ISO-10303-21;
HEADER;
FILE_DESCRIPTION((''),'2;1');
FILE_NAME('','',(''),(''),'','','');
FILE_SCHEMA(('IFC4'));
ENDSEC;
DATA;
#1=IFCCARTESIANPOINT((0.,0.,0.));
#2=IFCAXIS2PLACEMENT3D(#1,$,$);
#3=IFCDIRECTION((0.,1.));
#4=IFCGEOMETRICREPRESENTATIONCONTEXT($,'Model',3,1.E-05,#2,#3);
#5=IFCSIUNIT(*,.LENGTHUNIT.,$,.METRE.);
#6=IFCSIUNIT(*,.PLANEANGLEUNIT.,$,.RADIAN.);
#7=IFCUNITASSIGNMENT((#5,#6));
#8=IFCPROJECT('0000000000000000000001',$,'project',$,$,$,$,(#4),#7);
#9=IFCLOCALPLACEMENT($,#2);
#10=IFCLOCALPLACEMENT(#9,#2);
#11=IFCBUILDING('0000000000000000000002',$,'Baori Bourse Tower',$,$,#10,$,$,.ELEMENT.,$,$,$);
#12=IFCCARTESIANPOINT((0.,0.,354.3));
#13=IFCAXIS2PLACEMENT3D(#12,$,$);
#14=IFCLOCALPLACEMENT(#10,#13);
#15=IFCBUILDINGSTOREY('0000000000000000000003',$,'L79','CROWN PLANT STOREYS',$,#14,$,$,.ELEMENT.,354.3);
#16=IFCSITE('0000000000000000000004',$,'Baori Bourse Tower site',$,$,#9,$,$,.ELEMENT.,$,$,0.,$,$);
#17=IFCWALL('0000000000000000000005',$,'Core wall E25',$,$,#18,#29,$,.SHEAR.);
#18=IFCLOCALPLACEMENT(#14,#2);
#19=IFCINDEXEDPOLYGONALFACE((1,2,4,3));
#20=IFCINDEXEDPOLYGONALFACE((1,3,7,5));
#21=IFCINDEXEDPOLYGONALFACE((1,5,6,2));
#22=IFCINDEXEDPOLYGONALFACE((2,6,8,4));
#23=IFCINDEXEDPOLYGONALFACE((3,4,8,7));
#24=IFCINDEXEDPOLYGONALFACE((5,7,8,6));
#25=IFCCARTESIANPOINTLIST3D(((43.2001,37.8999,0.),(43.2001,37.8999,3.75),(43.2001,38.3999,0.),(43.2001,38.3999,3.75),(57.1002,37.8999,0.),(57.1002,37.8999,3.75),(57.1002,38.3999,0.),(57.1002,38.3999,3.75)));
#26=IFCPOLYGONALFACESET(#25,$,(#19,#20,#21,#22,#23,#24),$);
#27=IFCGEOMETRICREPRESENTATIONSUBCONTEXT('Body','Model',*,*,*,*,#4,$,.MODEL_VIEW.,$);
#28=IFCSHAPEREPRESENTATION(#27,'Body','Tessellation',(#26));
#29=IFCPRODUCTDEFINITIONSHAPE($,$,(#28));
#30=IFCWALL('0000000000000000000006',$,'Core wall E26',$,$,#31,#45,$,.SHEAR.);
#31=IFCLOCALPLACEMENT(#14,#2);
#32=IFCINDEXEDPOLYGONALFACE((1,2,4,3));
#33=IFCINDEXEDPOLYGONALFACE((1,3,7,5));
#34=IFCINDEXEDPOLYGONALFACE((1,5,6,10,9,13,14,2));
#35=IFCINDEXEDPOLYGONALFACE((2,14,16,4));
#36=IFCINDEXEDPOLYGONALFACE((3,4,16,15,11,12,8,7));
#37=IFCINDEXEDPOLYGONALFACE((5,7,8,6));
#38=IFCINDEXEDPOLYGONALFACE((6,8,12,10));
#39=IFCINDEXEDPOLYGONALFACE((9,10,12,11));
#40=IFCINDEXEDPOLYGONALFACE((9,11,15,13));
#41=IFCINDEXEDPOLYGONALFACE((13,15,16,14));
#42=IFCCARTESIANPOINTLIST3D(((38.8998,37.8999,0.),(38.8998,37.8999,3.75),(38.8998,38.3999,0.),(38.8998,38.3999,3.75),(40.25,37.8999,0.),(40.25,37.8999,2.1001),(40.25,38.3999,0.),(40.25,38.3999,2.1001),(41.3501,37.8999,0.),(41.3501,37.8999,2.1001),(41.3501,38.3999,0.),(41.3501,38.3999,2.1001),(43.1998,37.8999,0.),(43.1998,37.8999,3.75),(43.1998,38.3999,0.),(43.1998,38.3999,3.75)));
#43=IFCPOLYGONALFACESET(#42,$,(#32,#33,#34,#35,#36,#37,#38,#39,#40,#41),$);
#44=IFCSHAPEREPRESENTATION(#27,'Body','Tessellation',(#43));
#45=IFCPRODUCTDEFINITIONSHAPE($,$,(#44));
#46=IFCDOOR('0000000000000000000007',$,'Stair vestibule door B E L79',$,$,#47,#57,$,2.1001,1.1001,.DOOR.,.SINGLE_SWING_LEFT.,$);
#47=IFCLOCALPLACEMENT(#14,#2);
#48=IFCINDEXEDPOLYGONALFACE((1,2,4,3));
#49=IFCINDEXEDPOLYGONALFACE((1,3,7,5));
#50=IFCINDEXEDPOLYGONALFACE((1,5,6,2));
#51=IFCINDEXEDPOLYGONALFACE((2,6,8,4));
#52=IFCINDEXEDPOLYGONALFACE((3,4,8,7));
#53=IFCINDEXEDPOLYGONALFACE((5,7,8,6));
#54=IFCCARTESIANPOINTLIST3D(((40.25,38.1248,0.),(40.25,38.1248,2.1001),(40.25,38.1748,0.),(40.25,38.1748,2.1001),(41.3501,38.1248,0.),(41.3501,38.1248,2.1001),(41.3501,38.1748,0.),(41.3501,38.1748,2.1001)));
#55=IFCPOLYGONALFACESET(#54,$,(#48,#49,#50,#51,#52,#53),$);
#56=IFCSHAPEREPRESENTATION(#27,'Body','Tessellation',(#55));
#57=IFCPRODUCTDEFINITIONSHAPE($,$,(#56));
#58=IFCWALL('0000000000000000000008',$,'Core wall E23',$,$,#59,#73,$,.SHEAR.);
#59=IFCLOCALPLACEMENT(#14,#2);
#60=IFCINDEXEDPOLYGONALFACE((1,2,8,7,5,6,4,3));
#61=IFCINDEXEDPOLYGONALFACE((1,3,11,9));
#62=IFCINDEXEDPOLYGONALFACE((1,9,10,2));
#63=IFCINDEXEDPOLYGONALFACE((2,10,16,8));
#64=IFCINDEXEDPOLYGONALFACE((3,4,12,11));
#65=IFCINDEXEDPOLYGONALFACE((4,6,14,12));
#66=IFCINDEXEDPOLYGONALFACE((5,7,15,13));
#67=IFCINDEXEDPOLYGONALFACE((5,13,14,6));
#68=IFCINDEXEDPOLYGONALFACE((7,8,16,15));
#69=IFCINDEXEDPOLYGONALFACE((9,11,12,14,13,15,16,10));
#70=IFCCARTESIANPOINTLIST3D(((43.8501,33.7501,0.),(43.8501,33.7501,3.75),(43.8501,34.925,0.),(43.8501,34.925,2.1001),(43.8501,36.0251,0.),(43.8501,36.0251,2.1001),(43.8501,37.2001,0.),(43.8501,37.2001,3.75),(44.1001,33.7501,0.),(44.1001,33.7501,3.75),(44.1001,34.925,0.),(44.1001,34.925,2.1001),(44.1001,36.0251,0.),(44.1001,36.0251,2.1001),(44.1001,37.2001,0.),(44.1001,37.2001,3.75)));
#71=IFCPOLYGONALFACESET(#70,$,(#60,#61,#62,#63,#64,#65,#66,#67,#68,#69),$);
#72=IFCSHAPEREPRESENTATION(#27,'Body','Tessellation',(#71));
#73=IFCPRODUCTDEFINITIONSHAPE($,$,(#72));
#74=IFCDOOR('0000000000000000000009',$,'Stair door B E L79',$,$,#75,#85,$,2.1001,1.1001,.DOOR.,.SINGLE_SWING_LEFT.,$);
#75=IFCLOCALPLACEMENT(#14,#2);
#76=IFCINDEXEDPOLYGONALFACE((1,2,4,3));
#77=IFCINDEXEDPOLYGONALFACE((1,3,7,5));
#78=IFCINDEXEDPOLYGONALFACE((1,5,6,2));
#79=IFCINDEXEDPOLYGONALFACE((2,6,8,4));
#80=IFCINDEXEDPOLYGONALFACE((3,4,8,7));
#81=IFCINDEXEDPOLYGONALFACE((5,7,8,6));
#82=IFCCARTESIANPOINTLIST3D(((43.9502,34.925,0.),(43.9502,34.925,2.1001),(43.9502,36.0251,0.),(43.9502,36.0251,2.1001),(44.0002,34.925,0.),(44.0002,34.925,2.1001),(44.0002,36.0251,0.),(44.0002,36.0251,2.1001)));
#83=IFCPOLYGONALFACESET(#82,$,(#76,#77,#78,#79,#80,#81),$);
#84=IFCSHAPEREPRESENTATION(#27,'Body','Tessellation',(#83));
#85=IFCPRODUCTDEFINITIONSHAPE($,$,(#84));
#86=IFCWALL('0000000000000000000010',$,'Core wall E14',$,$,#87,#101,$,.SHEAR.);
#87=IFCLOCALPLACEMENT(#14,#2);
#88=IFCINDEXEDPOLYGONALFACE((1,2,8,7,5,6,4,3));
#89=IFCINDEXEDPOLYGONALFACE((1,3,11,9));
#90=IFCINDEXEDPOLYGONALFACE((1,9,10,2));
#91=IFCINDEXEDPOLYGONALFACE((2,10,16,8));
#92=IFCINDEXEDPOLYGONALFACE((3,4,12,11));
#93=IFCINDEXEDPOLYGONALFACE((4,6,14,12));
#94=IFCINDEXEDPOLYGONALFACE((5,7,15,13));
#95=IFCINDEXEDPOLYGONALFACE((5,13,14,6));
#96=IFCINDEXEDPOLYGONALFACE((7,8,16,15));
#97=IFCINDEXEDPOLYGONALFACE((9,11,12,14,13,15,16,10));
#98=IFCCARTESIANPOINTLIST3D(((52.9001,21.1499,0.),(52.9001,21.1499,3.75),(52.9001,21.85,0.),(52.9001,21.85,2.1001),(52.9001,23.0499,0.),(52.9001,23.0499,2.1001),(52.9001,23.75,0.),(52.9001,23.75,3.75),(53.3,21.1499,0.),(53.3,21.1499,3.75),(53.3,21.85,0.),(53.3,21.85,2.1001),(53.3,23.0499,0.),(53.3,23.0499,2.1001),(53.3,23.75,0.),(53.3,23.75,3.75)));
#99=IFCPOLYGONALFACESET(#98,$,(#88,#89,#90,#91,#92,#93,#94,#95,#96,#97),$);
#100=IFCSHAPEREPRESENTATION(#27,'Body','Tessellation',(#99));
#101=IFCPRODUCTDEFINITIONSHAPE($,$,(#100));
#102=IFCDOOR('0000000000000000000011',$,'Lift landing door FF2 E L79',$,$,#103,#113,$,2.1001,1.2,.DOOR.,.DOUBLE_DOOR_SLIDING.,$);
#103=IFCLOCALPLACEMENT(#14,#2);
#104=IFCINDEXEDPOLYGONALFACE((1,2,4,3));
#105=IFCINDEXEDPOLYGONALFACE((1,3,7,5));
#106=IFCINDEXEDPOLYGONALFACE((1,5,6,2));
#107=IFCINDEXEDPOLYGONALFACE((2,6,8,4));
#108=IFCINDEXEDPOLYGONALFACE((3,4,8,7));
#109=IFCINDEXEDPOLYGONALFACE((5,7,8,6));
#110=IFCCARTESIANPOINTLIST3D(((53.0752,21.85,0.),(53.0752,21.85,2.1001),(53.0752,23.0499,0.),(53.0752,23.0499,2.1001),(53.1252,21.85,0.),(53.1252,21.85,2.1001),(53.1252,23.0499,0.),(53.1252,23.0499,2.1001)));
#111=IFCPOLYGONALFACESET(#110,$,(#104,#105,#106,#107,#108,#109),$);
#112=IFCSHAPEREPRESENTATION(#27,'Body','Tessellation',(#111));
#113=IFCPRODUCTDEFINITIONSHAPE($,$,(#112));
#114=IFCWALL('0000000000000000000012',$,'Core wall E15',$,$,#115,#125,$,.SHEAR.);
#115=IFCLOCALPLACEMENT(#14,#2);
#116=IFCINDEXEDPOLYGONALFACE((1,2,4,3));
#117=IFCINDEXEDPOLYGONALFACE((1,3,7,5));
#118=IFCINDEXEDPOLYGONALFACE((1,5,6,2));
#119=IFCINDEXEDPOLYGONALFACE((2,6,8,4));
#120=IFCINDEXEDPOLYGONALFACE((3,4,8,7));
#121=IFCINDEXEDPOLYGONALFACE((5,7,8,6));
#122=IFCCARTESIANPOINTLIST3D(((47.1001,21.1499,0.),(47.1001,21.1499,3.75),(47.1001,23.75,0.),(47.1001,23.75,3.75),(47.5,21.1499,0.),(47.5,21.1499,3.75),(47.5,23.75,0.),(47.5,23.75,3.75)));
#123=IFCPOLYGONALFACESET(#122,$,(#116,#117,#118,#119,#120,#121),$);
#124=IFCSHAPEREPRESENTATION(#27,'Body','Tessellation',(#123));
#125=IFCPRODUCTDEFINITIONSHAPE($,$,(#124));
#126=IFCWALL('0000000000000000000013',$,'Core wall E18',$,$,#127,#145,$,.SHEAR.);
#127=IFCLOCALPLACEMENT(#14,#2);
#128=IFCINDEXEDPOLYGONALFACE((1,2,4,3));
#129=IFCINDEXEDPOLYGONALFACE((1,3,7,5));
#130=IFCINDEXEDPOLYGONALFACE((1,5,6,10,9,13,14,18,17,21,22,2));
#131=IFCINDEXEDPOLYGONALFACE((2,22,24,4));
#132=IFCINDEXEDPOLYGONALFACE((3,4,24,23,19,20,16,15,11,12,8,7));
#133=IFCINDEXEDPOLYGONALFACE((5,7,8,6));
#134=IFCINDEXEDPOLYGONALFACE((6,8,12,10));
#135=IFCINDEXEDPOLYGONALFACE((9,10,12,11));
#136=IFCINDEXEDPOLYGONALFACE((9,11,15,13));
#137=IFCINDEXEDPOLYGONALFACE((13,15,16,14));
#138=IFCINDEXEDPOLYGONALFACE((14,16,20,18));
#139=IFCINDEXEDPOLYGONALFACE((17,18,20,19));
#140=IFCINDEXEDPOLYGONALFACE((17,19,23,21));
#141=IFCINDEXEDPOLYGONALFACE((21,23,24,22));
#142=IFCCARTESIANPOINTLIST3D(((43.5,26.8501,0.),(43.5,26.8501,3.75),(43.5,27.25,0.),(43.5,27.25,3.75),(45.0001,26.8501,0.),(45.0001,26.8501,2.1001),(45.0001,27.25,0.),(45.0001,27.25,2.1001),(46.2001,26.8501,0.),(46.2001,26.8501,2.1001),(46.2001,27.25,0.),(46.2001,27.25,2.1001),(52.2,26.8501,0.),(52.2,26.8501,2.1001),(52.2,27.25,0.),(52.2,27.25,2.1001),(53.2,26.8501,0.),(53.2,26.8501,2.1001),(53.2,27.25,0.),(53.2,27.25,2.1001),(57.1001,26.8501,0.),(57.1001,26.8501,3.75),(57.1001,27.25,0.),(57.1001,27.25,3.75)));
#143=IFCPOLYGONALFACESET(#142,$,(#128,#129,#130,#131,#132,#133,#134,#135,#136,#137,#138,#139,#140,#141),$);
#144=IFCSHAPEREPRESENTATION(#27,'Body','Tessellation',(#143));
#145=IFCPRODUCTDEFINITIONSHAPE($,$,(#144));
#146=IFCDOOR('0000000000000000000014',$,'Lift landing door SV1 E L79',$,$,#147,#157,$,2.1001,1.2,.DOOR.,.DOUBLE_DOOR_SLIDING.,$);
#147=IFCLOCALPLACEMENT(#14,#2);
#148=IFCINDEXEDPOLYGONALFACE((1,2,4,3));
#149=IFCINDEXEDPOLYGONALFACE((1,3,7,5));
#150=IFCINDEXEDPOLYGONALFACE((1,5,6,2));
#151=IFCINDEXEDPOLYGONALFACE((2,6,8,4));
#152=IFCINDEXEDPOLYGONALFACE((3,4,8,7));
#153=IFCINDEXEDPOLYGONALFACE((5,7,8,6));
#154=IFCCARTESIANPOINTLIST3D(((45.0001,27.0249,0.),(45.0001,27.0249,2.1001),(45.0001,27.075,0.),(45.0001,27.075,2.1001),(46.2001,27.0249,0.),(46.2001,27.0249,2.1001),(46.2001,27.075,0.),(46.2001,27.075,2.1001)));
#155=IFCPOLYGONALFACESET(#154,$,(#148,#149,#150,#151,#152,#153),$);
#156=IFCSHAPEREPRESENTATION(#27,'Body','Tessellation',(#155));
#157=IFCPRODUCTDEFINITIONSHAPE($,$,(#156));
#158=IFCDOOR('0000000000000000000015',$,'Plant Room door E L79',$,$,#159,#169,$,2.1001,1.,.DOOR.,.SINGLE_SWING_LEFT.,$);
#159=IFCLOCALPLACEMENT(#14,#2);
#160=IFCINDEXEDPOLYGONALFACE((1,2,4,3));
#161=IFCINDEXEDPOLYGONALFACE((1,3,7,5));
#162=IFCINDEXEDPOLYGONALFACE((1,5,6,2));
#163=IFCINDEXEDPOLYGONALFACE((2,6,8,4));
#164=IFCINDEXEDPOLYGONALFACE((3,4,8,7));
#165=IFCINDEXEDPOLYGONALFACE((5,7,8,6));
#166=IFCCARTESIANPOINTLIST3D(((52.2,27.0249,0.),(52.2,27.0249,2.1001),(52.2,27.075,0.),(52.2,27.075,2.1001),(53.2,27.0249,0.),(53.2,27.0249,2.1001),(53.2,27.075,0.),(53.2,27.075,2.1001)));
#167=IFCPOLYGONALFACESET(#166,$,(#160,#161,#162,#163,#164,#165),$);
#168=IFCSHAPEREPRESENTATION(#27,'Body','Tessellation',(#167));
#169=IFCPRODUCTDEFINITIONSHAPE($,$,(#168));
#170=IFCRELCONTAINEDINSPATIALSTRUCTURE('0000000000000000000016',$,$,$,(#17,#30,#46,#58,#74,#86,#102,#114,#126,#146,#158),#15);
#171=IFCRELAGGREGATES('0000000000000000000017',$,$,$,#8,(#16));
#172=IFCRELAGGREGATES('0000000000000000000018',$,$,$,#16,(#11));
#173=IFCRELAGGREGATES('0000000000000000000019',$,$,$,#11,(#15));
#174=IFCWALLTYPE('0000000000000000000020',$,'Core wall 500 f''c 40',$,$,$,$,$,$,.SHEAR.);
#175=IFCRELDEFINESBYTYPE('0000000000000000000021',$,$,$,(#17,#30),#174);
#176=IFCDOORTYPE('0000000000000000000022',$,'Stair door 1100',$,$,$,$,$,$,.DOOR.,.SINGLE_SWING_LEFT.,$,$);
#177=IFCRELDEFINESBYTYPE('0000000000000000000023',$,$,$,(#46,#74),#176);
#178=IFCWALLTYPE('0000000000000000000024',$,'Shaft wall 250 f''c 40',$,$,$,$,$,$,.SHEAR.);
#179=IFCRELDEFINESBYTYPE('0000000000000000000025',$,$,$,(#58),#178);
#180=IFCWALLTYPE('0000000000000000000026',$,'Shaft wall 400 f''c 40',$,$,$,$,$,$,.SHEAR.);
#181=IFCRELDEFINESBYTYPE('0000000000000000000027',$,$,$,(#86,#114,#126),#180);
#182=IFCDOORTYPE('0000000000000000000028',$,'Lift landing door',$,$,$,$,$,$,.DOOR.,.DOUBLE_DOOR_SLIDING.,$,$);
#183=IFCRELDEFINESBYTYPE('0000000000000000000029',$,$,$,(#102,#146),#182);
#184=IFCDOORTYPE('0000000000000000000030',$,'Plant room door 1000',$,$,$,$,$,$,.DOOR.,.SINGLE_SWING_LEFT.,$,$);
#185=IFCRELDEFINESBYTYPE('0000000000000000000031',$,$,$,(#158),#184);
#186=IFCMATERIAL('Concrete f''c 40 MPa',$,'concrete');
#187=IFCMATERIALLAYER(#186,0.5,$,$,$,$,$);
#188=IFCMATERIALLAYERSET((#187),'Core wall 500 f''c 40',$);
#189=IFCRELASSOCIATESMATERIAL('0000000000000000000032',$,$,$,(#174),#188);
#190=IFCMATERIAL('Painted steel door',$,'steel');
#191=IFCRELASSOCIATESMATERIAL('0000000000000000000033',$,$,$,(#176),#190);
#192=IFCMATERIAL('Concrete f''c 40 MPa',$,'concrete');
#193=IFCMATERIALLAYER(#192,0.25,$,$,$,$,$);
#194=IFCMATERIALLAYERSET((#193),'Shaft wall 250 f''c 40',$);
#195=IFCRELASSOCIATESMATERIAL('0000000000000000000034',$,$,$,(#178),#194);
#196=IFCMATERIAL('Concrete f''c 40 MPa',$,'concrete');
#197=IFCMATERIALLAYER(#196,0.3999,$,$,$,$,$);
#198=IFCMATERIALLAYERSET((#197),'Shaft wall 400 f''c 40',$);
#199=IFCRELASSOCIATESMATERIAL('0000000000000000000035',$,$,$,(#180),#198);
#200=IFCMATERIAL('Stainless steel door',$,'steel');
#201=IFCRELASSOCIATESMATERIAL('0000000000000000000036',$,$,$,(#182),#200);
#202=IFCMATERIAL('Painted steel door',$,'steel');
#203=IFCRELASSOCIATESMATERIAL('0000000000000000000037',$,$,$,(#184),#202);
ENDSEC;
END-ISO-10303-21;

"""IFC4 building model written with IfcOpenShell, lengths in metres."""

from ifc_helpers import new_model, si_unit, direction, frame, frame_2d, origin, place, context, subcontext, project, spatial, rectangle, extrude, material, layer, layer_set, type_object, element, fill, save


model = new_model("IFC4")

# Units and contexts
model_context = context("Model", 3, precision=1e-05, world=origin(), true_north=direction((0.0, 1.0)))
body_context = subcontext(model_context, "Body", "Model", "MODEL_VIEW")
ifc_project = project(units=[si_unit("LENGTHUNIT", "METRE"), si_unit("PLANEANGLEUNIT", "RADIAN")], contexts=[model_context])

# Site, building, storey
site_placement = place(None, origin())
site = spatial("IfcSite", under=ifc_project, at=site_placement, Name="Baori Bourse Tower site", CompositionType="ELEMENT", RefElevation=0.0)
building_placement = place(site_placement, origin())
building = spatial("IfcBuilding", under=site, at=building_placement, Name="Baori Bourse Tower", CompositionType="ELEMENT")
storey_placement = place(building_placement, frame((0.0, 0.0, 354.3)))
storey = spatial("IfcBuildingStorey", under=building, at=storey_placement, Name="L79", Description="CROWN PLANT STOREYS", CompositionType="ELEMENT", Elevation=354.3)

# Wall
ifc_material_1 = material(Name="Concrete f'c 40 MPa", Category="concrete")
ifc_layer_1 = layer(ifc_material_1, 0.5)
ifc_layer_set_1 = layer_set([ifc_layer_1], Name="Core wall 500 f'c 40")
wall_type_1 = type_object("IfcWallType", Name="Core wall 500 f'c 40", PredefinedType="SHEAR", material=ifc_layer_set_1)
wall_1_placement = place(storey_placement, frame((43.2, 38.1499, 0.0), z_axis=(0.0, 0.0, 1.0), x_axis=(1.0, 0.0, 0.0)))
element("IfcWall", 1, at=wall_1_placement, inside=storey, type_object=wall_type_1, Name="Core wall E25", PredefinedType="SHEAR", context=body_context, shape_type="SweptSolid", body=[
    extrude(rectangle(XDim=13.9001, YDim=0.5, at=frame_2d((6.9502, 0.0))), origin(), (0.0, 0.0, 1.0), 3.75),
])

# Walls, openings, doors
wall_2_placement = place(storey_placement, frame((38.8999, 38.1499, 0.0), z_axis=(0.0, 0.0, 1.0), x_axis=(1.0, 0.0, 0.0)))
wall_2 = element("IfcWall", 2, at=wall_2_placement, inside=storey, type_object=wall_type_1, Name="Core wall E26", PredefinedType="SHEAR", context=body_context, shape_type="SweptSolid", body=[
    extrude(rectangle(XDim=4.3, YDim=0.5, at=frame_2d((2.1499, 0.0))), origin(), (0.0, 0.0, 1.0), 3.75),
])
opening_1_placement = place(wall_2_placement, frame((1.3501, 0.0, 0.0)))
opening_1 = element("IfcOpeningElement", 3, at=opening_1_placement, cuts=wall_2, PredefinedType="OPENING", context=body_context, shape_type="SweptSolid", body=[
    extrude(rectangle(XDim=1.1001, YDim=2.1001, at=frame_2d((0.55, 1.05))), frame((0.0, 0.26, 0.0), z_axis=(0.0, -1.0, 0.0), x_axis=(1.0, 0.0, 0.0)), (0.0, 0.0, 1.0), 0.52),
])
ifc_material_2 = material(Name="Painted steel door", Category="steel")
door_type_1 = type_object("IfcDoorType", Name="Stair door 1100", OperationType="SINGLE_SWING_LEFT", PredefinedType="DOOR", material=ifc_material_2)
door_1_placement = place(opening_1_placement, origin())
door_1 = element("IfcDoor", 4, at=door_1_placement, inside=storey, type_object=door_type_1, Name="Stair vestibule door B E L79", OperationType="SINGLE_SWING_LEFT", OverallHeight=2.1001, OverallWidth=1.1001, PredefinedType="DOOR", context=body_context, shape_type="SweptSolid", body=[
    extrude(rectangle(XDim=1.1001, YDim=2.1001, at=frame_2d((0.55, 1.05))), frame((0.0, 0.0249, 0.0), z_axis=(0.0, -1.0, 0.0), x_axis=(1.0, 0.0, 0.0)), (0.0, 0.0, 1.0), 0.05),
])
fill(opening_1, door_1)
ifc_material_3 = material(Name="Concrete f'c 40 MPa", Category="concrete")
ifc_layer_2 = layer(ifc_material_3, 0.25)
ifc_layer_set_2 = layer_set([ifc_layer_2], Name="Shaft wall 250 f'c 40")
wall_type_2 = type_object("IfcWallType", Name="Shaft wall 250 f'c 40", PredefinedType="SHEAR", material=ifc_layer_set_2)
wall_3_placement = place(storey_placement, frame((43.9751, 33.75, 0.0), z_axis=(0.0, 0.0, 1.0), x_axis=(0.0, 1.0, 0.0)))
wall_3 = element("IfcWall", 5, at=wall_3_placement, inside=storey, type_object=wall_type_2, Name="Core wall E23", PredefinedType="SHEAR", context=body_context, shape_type="SweptSolid", body=[
    extrude(rectangle(XDim=3.45, YDim=0.25, at=frame_2d((1.7251, 0.0))), origin(), (0.0, 0.0, 1.0), 3.75),
])
opening_2_placement = place(wall_3_placement, frame((1.175, 0.0, 0.0)))
opening_2 = element("IfcOpeningElement", 6, at=opening_2_placement, cuts=wall_3, PredefinedType="OPENING", context=body_context, shape_type="SweptSolid", body=[
    extrude(rectangle(XDim=1.1001, YDim=2.1001, at=frame_2d((0.55, 1.05))), frame((0.0, 0.135, 0.0), z_axis=(0.0, -1.0, 0.0), x_axis=(1.0, 0.0, 0.0)), (0.0, 0.0, 1.0), 0.27),
])
door_2_placement = place(opening_2_placement, origin())
door_2 = element("IfcDoor", 7, at=door_2_placement, inside=storey, type_object=door_type_1, Name="Stair door B E L79", OperationType="SINGLE_SWING_LEFT", OverallHeight=2.1001, OverallWidth=1.1001, PredefinedType="DOOR", context=body_context, shape_type="SweptSolid", body=[
    extrude(rectangle(XDim=1.1001, YDim=2.1001, at=frame_2d((0.55, 1.05))), frame((0.0, 0.0249, 0.0), z_axis=(0.0, -1.0, 0.0), x_axis=(1.0, 0.0, 0.0)), (0.0, 0.0, 1.0), 0.05),
])
fill(opening_2, door_2)
ifc_material_4 = material(Name="Concrete f'c 40 MPa", Category="concrete")
ifc_layer_3 = layer(ifc_material_4, 0.3999)
ifc_layer_set_3 = layer_set([ifc_layer_3], Name="Shaft wall 400 f'c 40")
wall_type_3 = type_object("IfcWallType", Name="Shaft wall 400 f'c 40", PredefinedType="SHEAR", material=ifc_layer_set_3)
wall_4_placement = place(storey_placement, frame((53.1001, 21.1499, 0.0), z_axis=(0.0, 0.0, 1.0), x_axis=(0.0, 1.0, 0.0)))
wall_4 = element("IfcWall", 8, at=wall_4_placement, inside=storey, type_object=wall_type_3, Name="Core wall E14", PredefinedType="SHEAR", context=body_context, shape_type="SweptSolid", body=[
    extrude(rectangle(XDim=2.6001, YDim=0.3999, at=frame_2d((1.3, 0.0))), origin(), (0.0, 0.0, 1.0), 3.75),
])
opening_3_placement = place(wall_4_placement, frame((0.7, 0.0, 0.0)))
opening_3 = element("IfcOpeningElement", 9, at=opening_3_placement, cuts=wall_4, PredefinedType="OPENING", context=body_context, shape_type="SweptSolid", body=[
    extrude(rectangle(XDim=1.2, YDim=2.1001, at=frame_2d((0.6001, 1.05))), frame((0.0, 0.21, 0.0), z_axis=(0.0, -1.0, 0.0), x_axis=(1.0, 0.0, 0.0)), (0.0, 0.0, 1.0), 0.4199),
])
ifc_material_5 = material(Name="Stainless steel door", Category="steel")
door_type_2 = type_object("IfcDoorType", Name="Lift landing door", OperationType="DOUBLE_DOOR_SLIDING", PredefinedType="DOOR", material=ifc_material_5)
door_3_placement = place(opening_3_placement, origin())
door_3 = element("IfcDoor", 10, at=door_3_placement, inside=storey, type_object=door_type_2, Name="Lift landing door FF2 E L79", OperationType="DOUBLE_DOOR_SLIDING", OverallHeight=2.1001, OverallWidth=1.2, PredefinedType="DOOR", context=body_context, shape_type="SweptSolid", body=[
    extrude(rectangle(XDim=1.2, YDim=2.1001, at=frame_2d((0.6001, 1.05))), frame((0.0, 0.0249, 0.0), z_axis=(0.0, -1.0, 0.0), x_axis=(1.0, 0.0, 0.0)), (0.0, 0.0, 1.0), 0.05),
])
fill(opening_3, door_3)

# Wall
wall_5_placement = place(storey_placement, frame((47.3, 21.1499, 0.0), z_axis=(0.0, 0.0, 1.0), x_axis=(0.0, 1.0, 0.0)))
element("IfcWall", 11, at=wall_5_placement, inside=storey, type_object=wall_type_3, Name="Core wall E15", PredefinedType="SHEAR", context=body_context, shape_type="SweptSolid", body=[
    extrude(rectangle(XDim=2.6001, YDim=0.3999, at=frame_2d((1.3, 0.0))), origin(), (0.0, 0.0, 1.0), 3.75),
])

# Wall, openings, doors
wall_6_placement = place(storey_placement, frame((43.5, 27.05, 0.0), z_axis=(0.0, 0.0, 1.0), x_axis=(1.0, 0.0, 0.0)))
wall_6 = element("IfcWall", 12, at=wall_6_placement, inside=storey, type_object=wall_type_3, Name="Core wall E18", PredefinedType="SHEAR", context=body_context, shape_type="SweptSolid", body=[
    extrude(rectangle(XDim=13.6001, YDim=0.3999, at=frame_2d((6.8, 0.0))), origin(), (0.0, 0.0, 1.0), 3.75),
])
opening_4_placement = place(wall_6_placement, frame((8.7, 0.0, 0.0)))
opening_4 = element("IfcOpeningElement", 13, at=opening_4_placement, cuts=wall_6, PredefinedType="OPENING", context=body_context, shape_type="SweptSolid", body=[
    extrude(rectangle(XDim=1.0, YDim=2.1001, at=frame_2d((0.5, 1.05))), frame((0.0, 0.21, 0.0), z_axis=(0.0, -1.0, 0.0), x_axis=(1.0, 0.0, 0.0)), (0.0, 0.0, 1.0), 0.4199),
])
opening_5_placement = place(wall_6_placement, frame((1.5, 0.0, 0.0)))
opening_5 = element("IfcOpeningElement", 14, at=opening_5_placement, cuts=wall_6, PredefinedType="OPENING", context=body_context, shape_type="SweptSolid", body=[
    extrude(rectangle(XDim=1.2, YDim=2.1001, at=frame_2d((0.6001, 1.05))), frame((0.0, 0.21, 0.0), z_axis=(0.0, -1.0, 0.0), x_axis=(1.0, 0.0, 0.0)), (0.0, 0.0, 1.0), 0.4199),
])
door_4_placement = place(opening_5_placement, origin())
door_4 = element("IfcDoor", 15, at=door_4_placement, inside=storey, type_object=door_type_2, Name="Lift landing door SV1 E L79", OperationType="DOUBLE_DOOR_SLIDING", OverallHeight=2.1001, OverallWidth=1.2, PredefinedType="DOOR", context=body_context, shape_type="SweptSolid", body=[
    extrude(rectangle(XDim=1.2, YDim=2.1001, at=frame_2d((0.6001, 1.05))), frame((0.0, 0.0249, 0.0), z_axis=(0.0, -1.0, 0.0), x_axis=(1.0, 0.0, 0.0)), (0.0, 0.0, 1.0), 0.05),
])
fill(opening_5, door_4)
ifc_material_6 = material(Name="Painted steel door", Category="steel")
door_type_3 = type_object("IfcDoorType", Name="Plant room door 1000", OperationType="SINGLE_SWING_LEFT", PredefinedType="DOOR", material=ifc_material_6)
door_5_placement = place(opening_4_placement, origin())
door_5 = element("IfcDoor", 16, at=door_5_placement, inside=storey, type_object=door_type_3, Name="Plant Room door E L79", OperationType="SINGLE_SWING_LEFT", OverallHeight=2.1001, OverallWidth=1.0, PredefinedType="DOOR", context=body_context, shape_type="SweptSolid", body=[
    extrude(rectangle(XDim=1.0, YDim=2.1001, at=frame_2d((0.5, 1.05))), frame((0.0, 0.0249, 0.0), z_axis=(0.0, -1.0, 0.0), x_axis=(1.0, 0.0, 0.0)), (0.0, 0.0, 1.0), 0.05),
])
fill(opening_4, door_5)

save(model, "model.ifc")
